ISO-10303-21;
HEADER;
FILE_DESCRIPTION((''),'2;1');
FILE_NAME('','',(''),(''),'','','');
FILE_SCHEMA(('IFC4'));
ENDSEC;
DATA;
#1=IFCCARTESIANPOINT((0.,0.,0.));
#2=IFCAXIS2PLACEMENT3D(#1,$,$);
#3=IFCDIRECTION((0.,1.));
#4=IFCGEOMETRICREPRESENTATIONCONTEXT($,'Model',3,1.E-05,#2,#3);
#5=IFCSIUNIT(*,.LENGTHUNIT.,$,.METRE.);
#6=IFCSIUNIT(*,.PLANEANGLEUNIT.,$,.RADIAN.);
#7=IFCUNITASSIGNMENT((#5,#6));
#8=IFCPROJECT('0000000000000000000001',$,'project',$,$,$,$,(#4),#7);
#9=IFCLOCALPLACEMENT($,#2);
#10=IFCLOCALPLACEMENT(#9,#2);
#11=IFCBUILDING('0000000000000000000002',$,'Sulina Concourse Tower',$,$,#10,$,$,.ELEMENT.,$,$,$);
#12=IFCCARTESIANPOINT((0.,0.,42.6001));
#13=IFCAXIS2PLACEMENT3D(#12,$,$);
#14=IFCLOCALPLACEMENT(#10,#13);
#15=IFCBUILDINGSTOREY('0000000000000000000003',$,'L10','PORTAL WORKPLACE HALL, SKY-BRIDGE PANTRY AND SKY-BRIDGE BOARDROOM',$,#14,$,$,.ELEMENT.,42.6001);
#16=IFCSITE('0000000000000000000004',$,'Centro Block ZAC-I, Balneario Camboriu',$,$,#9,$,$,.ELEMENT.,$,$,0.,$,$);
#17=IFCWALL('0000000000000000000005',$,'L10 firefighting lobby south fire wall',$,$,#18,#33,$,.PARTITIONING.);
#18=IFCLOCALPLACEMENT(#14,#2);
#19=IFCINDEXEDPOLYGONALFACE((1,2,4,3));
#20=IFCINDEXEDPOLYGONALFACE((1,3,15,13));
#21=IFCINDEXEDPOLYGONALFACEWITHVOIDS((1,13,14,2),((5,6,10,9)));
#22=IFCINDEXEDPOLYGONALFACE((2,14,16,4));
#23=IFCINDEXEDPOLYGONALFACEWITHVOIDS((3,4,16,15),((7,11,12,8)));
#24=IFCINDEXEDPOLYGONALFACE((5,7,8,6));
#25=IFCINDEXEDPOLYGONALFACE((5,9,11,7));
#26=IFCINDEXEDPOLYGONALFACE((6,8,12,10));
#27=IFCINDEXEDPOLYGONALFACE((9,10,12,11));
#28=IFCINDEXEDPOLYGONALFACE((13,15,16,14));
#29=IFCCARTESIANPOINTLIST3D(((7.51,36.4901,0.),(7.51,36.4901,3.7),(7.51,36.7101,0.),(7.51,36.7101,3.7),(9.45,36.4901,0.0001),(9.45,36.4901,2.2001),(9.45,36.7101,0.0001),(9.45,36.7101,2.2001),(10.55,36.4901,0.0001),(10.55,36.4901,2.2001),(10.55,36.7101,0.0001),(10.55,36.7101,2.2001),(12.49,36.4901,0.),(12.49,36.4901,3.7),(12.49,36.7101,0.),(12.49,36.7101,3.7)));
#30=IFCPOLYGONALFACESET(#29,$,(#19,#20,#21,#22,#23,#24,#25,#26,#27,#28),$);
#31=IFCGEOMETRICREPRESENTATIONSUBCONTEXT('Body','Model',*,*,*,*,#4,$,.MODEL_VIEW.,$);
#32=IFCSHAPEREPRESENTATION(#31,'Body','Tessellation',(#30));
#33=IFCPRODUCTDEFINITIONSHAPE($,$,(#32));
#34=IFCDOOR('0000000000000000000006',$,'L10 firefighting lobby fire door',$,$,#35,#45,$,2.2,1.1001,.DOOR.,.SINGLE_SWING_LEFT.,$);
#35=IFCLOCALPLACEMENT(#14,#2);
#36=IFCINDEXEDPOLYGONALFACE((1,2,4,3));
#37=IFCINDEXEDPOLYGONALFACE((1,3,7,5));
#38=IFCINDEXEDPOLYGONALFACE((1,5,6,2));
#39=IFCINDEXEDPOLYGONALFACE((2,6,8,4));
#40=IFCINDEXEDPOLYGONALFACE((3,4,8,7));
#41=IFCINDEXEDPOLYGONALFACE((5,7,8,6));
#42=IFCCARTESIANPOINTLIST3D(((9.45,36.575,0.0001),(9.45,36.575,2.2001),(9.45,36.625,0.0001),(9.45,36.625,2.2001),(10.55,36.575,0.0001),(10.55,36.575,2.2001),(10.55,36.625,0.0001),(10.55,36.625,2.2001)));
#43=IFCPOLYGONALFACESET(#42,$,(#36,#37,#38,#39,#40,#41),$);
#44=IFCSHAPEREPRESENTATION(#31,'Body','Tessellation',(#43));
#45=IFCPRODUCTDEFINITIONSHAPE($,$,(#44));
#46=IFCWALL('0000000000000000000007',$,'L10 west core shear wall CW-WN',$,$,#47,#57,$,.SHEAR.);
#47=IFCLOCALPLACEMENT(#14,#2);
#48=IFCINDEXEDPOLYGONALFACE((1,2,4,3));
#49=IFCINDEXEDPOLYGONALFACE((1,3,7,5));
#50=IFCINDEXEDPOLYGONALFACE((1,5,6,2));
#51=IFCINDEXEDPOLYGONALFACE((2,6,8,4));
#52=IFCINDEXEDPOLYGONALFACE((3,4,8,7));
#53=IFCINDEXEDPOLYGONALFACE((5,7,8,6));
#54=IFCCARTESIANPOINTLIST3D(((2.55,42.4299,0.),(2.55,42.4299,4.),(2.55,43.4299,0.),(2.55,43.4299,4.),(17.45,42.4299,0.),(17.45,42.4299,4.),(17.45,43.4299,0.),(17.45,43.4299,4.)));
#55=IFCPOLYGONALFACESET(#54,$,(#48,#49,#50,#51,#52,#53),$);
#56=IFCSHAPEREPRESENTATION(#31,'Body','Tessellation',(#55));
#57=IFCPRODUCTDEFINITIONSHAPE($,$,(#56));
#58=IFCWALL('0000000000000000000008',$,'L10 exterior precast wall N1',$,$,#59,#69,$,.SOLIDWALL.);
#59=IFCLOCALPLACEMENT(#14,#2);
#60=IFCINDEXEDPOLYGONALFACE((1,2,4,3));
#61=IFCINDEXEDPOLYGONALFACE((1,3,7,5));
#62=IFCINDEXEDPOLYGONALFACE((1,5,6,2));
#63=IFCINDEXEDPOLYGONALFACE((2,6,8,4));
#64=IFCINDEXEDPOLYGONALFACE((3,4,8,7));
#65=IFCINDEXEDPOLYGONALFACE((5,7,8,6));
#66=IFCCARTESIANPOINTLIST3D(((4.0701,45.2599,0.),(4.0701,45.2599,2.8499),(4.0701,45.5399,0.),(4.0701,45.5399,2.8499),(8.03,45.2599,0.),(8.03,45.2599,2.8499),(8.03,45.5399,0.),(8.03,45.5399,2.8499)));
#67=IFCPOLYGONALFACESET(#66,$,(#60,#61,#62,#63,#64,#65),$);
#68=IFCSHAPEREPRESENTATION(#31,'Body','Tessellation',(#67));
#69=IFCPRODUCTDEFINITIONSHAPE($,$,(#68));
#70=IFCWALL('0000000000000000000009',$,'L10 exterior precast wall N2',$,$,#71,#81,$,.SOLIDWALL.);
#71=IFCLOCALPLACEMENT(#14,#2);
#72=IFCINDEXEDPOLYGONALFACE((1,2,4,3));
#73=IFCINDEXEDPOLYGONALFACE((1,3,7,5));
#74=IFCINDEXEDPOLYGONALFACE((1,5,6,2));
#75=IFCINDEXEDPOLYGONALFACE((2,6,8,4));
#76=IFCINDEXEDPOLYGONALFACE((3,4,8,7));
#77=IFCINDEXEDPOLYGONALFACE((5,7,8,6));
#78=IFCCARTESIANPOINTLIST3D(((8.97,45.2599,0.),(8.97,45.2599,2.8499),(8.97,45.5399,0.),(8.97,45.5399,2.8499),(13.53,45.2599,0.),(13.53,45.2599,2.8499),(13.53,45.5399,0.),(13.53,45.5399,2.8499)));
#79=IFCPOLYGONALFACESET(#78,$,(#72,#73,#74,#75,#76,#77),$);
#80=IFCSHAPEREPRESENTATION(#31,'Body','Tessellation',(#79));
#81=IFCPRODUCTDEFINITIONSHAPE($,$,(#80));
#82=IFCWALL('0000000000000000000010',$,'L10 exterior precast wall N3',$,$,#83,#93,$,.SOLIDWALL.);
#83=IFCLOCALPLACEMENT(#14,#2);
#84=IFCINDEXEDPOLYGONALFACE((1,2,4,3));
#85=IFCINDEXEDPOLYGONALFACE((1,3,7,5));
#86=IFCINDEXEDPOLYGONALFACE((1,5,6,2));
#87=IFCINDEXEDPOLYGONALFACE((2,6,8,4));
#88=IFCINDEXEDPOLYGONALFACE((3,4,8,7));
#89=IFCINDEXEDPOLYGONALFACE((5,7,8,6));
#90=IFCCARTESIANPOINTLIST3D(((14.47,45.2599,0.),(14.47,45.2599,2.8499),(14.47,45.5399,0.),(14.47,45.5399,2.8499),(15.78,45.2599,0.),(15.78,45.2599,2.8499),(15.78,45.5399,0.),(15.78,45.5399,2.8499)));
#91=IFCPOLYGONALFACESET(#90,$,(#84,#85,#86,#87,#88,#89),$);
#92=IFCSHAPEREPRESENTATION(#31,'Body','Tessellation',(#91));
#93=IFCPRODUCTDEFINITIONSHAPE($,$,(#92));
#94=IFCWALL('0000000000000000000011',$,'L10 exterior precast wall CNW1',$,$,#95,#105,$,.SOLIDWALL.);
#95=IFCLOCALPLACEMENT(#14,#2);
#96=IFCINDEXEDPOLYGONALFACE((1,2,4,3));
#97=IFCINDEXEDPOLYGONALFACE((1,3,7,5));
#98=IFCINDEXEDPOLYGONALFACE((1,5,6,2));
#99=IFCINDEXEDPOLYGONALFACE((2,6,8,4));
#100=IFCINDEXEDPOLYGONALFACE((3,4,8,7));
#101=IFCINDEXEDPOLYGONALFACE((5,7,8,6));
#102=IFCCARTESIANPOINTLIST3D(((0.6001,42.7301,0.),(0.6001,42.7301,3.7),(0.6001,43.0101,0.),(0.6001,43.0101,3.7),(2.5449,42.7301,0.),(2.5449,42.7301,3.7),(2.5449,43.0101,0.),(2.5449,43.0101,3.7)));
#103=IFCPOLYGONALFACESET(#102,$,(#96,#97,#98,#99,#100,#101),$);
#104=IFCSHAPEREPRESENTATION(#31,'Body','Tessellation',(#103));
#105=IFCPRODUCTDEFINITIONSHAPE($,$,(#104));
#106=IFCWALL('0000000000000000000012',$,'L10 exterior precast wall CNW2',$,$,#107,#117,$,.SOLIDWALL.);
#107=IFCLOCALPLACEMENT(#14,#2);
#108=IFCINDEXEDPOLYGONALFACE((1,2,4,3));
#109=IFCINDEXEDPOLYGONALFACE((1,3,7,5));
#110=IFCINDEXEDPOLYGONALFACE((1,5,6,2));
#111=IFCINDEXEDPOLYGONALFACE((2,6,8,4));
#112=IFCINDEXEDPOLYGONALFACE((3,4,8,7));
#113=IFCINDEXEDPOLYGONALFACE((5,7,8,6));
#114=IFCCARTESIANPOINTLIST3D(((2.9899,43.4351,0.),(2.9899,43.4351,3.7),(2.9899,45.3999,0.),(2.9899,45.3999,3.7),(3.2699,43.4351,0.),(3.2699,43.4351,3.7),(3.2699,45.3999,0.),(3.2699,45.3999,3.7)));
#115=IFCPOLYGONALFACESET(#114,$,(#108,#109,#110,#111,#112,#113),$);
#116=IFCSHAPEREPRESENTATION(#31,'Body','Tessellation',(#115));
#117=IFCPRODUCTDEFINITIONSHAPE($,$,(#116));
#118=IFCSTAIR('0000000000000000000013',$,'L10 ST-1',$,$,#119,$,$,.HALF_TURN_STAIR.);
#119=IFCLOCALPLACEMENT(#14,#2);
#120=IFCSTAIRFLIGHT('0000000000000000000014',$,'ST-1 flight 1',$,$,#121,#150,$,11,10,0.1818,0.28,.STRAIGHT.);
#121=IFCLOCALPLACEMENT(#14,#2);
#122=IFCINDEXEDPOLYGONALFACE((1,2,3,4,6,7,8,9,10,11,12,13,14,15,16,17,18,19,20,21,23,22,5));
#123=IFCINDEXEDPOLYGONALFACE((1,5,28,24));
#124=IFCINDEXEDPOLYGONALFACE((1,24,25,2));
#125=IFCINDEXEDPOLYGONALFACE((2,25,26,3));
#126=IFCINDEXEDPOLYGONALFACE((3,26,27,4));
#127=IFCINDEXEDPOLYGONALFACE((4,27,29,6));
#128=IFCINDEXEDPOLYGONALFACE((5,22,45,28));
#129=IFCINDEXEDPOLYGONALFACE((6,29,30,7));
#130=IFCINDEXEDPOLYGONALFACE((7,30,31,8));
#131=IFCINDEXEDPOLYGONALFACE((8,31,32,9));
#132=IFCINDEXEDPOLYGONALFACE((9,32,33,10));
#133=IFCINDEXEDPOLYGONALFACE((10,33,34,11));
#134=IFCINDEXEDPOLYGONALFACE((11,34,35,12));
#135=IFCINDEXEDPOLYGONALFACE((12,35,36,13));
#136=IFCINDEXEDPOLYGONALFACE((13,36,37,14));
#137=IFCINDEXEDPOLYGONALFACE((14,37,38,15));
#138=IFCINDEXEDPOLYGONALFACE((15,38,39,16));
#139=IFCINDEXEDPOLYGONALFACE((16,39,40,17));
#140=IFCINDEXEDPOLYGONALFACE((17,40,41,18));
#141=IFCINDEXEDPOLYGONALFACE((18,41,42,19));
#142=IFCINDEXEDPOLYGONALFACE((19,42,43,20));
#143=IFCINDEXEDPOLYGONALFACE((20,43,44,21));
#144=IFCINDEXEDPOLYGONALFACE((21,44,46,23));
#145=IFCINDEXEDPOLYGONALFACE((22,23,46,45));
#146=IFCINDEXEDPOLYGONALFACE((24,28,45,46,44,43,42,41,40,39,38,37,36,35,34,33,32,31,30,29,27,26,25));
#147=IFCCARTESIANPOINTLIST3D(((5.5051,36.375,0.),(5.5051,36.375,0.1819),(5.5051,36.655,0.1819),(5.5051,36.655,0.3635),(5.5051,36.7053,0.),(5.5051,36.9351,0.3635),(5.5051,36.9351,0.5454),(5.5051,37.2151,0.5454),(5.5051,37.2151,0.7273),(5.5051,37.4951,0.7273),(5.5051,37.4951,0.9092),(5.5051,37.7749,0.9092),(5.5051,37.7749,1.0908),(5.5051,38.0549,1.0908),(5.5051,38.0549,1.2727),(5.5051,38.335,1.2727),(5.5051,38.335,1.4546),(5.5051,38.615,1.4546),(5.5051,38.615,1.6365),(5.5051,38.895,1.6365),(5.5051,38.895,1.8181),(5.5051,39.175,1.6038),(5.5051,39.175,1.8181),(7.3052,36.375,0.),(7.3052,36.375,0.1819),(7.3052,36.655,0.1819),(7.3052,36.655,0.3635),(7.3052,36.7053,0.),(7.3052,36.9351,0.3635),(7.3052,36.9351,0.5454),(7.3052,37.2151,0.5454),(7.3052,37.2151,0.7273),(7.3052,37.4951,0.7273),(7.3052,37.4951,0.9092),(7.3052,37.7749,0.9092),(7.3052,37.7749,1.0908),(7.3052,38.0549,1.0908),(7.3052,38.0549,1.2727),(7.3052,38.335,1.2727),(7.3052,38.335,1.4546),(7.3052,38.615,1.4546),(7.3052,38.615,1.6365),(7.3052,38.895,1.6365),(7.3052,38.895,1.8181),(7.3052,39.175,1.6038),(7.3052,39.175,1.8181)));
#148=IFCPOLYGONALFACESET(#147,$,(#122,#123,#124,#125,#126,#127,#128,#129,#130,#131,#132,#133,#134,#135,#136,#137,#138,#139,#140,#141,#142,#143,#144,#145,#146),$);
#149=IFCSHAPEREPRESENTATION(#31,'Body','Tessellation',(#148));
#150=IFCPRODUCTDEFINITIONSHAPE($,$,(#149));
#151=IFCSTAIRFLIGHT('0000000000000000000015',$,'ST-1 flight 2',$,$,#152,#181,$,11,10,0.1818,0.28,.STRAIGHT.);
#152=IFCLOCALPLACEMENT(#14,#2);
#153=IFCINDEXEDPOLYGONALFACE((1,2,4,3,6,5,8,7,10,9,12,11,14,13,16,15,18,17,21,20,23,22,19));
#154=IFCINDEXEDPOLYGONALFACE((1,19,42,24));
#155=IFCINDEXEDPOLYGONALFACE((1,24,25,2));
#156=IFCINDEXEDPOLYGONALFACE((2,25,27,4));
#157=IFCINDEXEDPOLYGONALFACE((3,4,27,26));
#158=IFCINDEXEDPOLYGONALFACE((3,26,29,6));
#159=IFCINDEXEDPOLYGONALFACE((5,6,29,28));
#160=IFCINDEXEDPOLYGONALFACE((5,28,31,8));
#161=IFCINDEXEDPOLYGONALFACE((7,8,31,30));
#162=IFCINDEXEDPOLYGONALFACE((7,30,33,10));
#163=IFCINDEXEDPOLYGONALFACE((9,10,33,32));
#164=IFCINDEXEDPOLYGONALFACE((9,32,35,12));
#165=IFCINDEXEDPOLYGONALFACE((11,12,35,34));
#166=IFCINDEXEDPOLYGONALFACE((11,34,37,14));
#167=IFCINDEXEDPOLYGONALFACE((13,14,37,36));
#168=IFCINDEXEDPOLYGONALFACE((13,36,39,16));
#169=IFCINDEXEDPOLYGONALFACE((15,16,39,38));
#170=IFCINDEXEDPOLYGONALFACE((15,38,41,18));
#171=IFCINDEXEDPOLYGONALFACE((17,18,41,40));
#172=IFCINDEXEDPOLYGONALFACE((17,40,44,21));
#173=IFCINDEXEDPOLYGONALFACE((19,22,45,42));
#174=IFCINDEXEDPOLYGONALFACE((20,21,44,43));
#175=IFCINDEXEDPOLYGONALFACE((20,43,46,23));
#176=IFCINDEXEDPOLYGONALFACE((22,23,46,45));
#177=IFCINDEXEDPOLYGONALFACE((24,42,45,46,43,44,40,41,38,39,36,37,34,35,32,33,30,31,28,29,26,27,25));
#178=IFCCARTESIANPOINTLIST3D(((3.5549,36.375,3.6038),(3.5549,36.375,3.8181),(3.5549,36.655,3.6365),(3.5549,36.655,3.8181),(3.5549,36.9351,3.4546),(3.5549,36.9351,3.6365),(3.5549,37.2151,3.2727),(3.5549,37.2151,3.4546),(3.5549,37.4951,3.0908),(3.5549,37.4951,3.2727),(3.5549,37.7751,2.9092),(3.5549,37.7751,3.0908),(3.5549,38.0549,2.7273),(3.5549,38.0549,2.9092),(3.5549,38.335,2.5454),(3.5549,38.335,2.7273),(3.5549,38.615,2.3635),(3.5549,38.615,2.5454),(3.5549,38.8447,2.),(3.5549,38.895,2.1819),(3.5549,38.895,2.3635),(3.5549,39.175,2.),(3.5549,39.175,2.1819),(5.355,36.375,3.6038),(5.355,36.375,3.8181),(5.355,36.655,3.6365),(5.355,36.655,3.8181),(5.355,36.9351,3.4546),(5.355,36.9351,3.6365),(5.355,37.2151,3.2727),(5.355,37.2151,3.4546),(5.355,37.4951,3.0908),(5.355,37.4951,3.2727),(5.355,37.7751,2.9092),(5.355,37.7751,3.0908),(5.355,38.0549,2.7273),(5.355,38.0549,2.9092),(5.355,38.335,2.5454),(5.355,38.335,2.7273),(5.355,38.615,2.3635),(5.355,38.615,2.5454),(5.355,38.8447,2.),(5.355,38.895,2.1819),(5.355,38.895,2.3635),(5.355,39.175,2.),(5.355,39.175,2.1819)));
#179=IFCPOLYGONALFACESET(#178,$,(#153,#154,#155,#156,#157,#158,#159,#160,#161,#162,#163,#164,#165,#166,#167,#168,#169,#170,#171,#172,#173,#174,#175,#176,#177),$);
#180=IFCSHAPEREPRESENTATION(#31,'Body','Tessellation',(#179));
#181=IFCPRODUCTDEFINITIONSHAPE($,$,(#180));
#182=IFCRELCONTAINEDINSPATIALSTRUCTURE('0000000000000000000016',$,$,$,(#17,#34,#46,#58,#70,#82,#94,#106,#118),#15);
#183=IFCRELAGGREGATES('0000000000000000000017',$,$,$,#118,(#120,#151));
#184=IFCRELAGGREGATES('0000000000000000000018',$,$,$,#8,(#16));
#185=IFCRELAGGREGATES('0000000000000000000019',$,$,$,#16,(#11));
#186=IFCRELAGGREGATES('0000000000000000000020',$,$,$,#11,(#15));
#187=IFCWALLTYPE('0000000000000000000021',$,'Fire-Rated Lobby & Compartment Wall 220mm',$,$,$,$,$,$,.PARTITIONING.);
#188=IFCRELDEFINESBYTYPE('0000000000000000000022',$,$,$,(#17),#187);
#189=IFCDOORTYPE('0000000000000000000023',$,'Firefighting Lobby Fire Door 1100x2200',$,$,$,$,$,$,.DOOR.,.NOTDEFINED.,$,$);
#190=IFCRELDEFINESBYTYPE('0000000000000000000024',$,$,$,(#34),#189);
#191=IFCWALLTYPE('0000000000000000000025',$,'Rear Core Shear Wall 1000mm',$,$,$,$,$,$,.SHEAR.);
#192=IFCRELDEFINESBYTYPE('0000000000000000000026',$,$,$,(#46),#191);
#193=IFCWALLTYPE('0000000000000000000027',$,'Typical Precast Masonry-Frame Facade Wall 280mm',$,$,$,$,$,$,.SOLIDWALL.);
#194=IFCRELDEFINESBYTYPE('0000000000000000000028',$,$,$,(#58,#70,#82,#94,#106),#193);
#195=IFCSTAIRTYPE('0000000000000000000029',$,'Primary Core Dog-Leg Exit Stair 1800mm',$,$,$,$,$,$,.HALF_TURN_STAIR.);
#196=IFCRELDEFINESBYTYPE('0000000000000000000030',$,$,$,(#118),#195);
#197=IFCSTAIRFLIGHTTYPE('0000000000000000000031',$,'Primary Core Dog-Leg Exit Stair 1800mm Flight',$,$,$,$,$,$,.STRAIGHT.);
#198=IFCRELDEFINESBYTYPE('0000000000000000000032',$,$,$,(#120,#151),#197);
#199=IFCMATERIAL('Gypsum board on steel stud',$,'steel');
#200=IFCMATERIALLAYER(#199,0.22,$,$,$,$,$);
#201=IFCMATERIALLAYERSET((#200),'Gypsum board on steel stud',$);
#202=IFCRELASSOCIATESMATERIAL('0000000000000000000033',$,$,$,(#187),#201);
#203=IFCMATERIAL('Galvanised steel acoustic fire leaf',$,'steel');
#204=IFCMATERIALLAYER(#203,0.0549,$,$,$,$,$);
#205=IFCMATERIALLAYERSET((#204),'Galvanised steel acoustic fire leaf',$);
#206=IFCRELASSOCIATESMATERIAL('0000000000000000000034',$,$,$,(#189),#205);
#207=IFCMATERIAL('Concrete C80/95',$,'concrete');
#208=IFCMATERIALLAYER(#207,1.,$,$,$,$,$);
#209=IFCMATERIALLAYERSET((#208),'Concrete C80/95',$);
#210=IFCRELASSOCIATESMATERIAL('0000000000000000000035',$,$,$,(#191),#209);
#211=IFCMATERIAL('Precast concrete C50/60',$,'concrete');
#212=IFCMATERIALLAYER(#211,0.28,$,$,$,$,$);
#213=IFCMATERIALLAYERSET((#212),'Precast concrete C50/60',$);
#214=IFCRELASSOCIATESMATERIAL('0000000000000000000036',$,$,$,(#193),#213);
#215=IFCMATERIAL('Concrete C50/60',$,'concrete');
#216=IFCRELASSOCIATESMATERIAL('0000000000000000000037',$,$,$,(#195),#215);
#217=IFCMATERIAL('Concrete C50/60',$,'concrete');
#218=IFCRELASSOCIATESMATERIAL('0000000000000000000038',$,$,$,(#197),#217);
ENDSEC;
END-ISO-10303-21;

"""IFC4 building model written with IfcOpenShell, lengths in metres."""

from ifc_helpers import new_model, si_unit, direction, frame, frame_2d, origin, place, context, subcontext, project, spatial, polyline, rectangle, outline, extrude, material, layer, layer_set, type_object, element, fill, aggregate, save


model = new_model("IFC4")

# Units and contexts
model_context = context("Model", 3, precision=1e-05, world=origin(), true_north=direction((0.0, 1.0)))
body_context = subcontext(model_context, "Body", "Model", "MODEL_VIEW")
ifc_project = project(units=[si_unit("LENGTHUNIT", "METRE"), si_unit("PLANEANGLEUNIT", "RADIAN")], contexts=[model_context])

# Site, building, storey
site_placement = place(None, origin())
site = spatial("IfcSite", under=ifc_project, at=site_placement, Name="Centro Block ZAC-I, Balneario Camboriu", CompositionType="ELEMENT", RefElevation=0.0)
building_placement = place(site_placement, origin())
building = spatial("IfcBuilding", under=site, at=building_placement, Name="Sulina Concourse Tower", CompositionType="ELEMENT")
storey_placement = place(building_placement, frame((0.0, 0.0, 42.6001)))
storey = spatial("IfcBuildingStorey", under=building, at=storey_placement, Name="L10", Description="PORTAL WORKPLACE HALL, SKY-BRIDGE PANTRY AND SKY-BRIDGE BOARDROOM", CompositionType="ELEMENT", Elevation=42.6001)

# Wall, opening, door
ifc_material_1 = material(Name="Gypsum board on steel stud", Category="steel")
ifc_layer_1 = layer(ifc_material_1, 0.22)
ifc_layer_set_1 = layer_set([ifc_layer_1], Name="Gypsum board on steel stud")
wall_type_1 = type_object("IfcWallType", Name="Fire-Rated Lobby & Compartment Wall 220mm", PredefinedType="PARTITIONING", material=ifc_layer_set_1)
wall_1_placement = place(storey_placement, frame((7.51, 36.6001, 0.0), z_axis=(0.0, 0.0, 1.0), x_axis=(1.0, 0.0, 0.0)))
wall_1 = element("IfcWall", 1, at=wall_1_placement, inside=storey, type_object=wall_type_1, Name="L10 firefighting lobby south fire wall", PredefinedType="PARTITIONING", context=body_context, shape_type="SweptSolid", body=[
    extrude(rectangle(XDim=4.98, YDim=0.22, at=frame_2d((2.49, 0.0))), origin(), (0.0, 0.0, 1.0), 3.7),
])
opening_1_placement = place(wall_1_placement, frame((1.9399, 0.0, 0.0)))
opening_1 = element("IfcOpeningElement", 2, at=opening_1_placement, cuts=wall_1, PredefinedType="OPENING", context=body_context, shape_type="SweptSolid", body=[
    extrude(rectangle(XDim=1.1001, YDim=2.2, at=frame_2d((0.55, 1.1001))), frame((0.0, 0.1199, 0.0), z_axis=(0.0, -1.0, 0.0), x_axis=(1.0, 0.0, 0.0)), (0.0, 0.0, 1.0), 0.24),
])
ifc_material_2 = material(Name="Galvanised steel acoustic fire leaf", Category="steel")
ifc_layer_2 = layer(ifc_material_2, 0.0549)
ifc_layer_set_2 = layer_set([ifc_layer_2], Name="Galvanised steel acoustic fire leaf")
door_type_1 = type_object("IfcDoorType", Name="Firefighting Lobby Fire Door 1100x2200", OperationType="NOTDEFINED", PredefinedType="DOOR", material=ifc_layer_set_2)
door_1_placement = place(opening_1_placement, origin())
door_1 = element("IfcDoor", 3, at=door_1_placement, inside=storey, type_object=door_type_1, Name="L10 firefighting lobby fire door", OperationType="SINGLE_SWING_LEFT", OverallHeight=2.2, OverallWidth=1.1001, PredefinedType="DOOR", context=body_context, shape_type="SweptSolid", body=[
    extrude(rectangle(XDim=1.1001, YDim=2.2, at=frame_2d((0.55, 1.1001))), frame((0.0, 0.0249, 0.0), z_axis=(0.0, -1.0, 0.0), x_axis=(1.0, 0.0, 0.0)), (0.0, 0.0, 1.0), 0.05),
])
fill(opening_1, door_1)

# Walls
ifc_material_3 = material(Name="Concrete C80/95", Category="concrete")
ifc_layer_3 = layer(ifc_material_3, 1.0)
ifc_layer_set_3 = layer_set([ifc_layer_3], Name="Concrete C80/95")
wall_type_2 = type_object("IfcWallType", Name="Rear Core Shear Wall 1000mm", PredefinedType="SHEAR", material=ifc_layer_set_3)
wall_2_placement = place(storey_placement, frame((2.55, 42.9299, 0.0), z_axis=(0.0, 0.0, 1.0), x_axis=(1.0, 0.0, 0.0)))
element("IfcWall", 4, at=wall_2_placement, inside=storey, type_object=wall_type_2, Name="L10 west core shear wall CW-WN", PredefinedType="SHEAR", context=body_context, shape_type="SweptSolid", body=[
    extrude(rectangle(XDim=14.8999, YDim=1.0, at=frame_2d((7.45, 0.0))), origin(), (0.0, 0.0, 1.0), 4.0),
])
ifc_material_4 = material(Name="Precast concrete C50/60", Category="concrete")
ifc_layer_4 = layer(ifc_material_4, 0.28)
ifc_layer_set_4 = layer_set([ifc_layer_4], Name="Precast concrete C50/60")
wall_type_3 = type_object("IfcWallType", Name="Typical Precast Masonry-Frame Facade Wall 280mm", PredefinedType="SOLIDWALL", material=ifc_layer_set_4)
wall_3_placement = place(storey_placement, frame((4.0701, 45.3999, 0.0), z_axis=(0.0, 0.0, 1.0), x_axis=(1.0, 0.0, 0.0)))
element("IfcWall", 5, at=wall_3_placement, inside=storey, type_object=wall_type_3, Name="L10 exterior precast wall N1", PredefinedType="SOLIDWALL", context=body_context, shape_type="SweptSolid", body=[
    extrude(rectangle(XDim=3.96, YDim=0.28, at=frame_2d((1.98, 0.0))), origin(), (0.0, 0.0, 1.0), 2.8499),
])
wall_4_placement = place(storey_placement, frame((8.97, 45.3999, 0.0), z_axis=(0.0, 0.0, 1.0), x_axis=(1.0, 0.0, 0.0)))
element("IfcWall", 6, at=wall_4_placement, inside=storey, type_object=wall_type_3, Name="L10 exterior precast wall N2", PredefinedType="SOLIDWALL", context=body_context, shape_type="SweptSolid", body=[
    extrude(rectangle(XDim=4.5601, YDim=0.28, at=frame_2d((2.28, 0.0))), origin(), (0.0, 0.0, 1.0), 2.8499),
])
wall_5_placement = place(storey_placement, frame((14.47, 45.3999, 0.0), z_axis=(0.0, 0.0, 1.0), x_axis=(1.0, 0.0, 0.0)))
element("IfcWall", 7, at=wall_5_placement, inside=storey, type_object=wall_type_3, Name="L10 exterior precast wall N3", PredefinedType="SOLIDWALL", context=body_context, shape_type="SweptSolid", body=[
    extrude(rectangle(XDim=1.3101, YDim=0.28, at=frame_2d((0.655, 0.0))), origin(), (0.0, 0.0, 1.0), 2.8499),
])
wall_6_placement = place(storey_placement, frame((0.6001, 42.8701, 0.0), z_axis=(0.0, 0.0, 1.0), x_axis=(1.0, 0.0, 0.0)))
element("IfcWall", 8, at=wall_6_placement, inside=storey, type_object=wall_type_3, Name="L10 exterior precast wall CNW1", PredefinedType="SOLIDWALL", context=body_context, shape_type="SweptSolid", body=[
    extrude(rectangle(XDim=1.9448, YDim=0.28, at=frame_2d((0.9724, 0.0))), origin(), (0.0, 0.0, 1.0), 3.7),
])
wall_7_placement = place(storey_placement, frame((3.1299, 43.4351, 0.0), z_axis=(0.0, 0.0, 1.0), x_axis=(0.0, 1.0, 0.0)))
element("IfcWall", 9, at=wall_7_placement, inside=storey, type_object=wall_type_3, Name="L10 exterior precast wall CNW2", PredefinedType="SOLIDWALL", context=body_context, shape_type="SweptSolid", body=[
    extrude(rectangle(XDim=1.9648, YDim=0.28, at=frame_2d((0.9824, 0.0))), origin(), (0.0, 0.0, 1.0), 3.7),
])

# Stair, stair flights
ifc_material_5 = material(Name="Concrete C50/60", Category="concrete")
stair_type = type_object("IfcStairType", Name="Primary Core Dog-Leg Exit Stair 1800mm", PredefinedType="HALF_TURN_STAIR", material=ifc_material_5)
stair_1_placement = place(storey_placement, origin())
stair_1 = element("IfcStair", 10, at=stair_1_placement, inside=storey, type_object=stair_type, Name="L10 ST-1", PredefinedType="HALF_TURN_STAIR")
ifc_material_6 = material(Name="Concrete C50/60", Category="concrete")
stair_flight_type = type_object("IfcStairFlightType", Name="Primary Core Dog-Leg Exit Stair 1800mm Flight", PredefinedType="STRAIGHT", material=ifc_material_6)
stair_flight_1_placement = place(storey_placement, frame((6.405, 36.375, 0.0), z_axis=(0.0, 0.0, 1.0), x_axis=(0.0, 1.0, 0.0)))
stair_flight_1 = element("IfcStairFlight", 11, at=stair_flight_1_placement, type_object=stair_flight_type, Name="ST-1 flight 1", NumberOfRisers=11, NumberOfTreads=10, PredefinedType="STRAIGHT", RiserHeight=0.1818, TreadLength=0.28, context=body_context, shape_type="SweptSolid", body=[
    extrude(outline(polyline([(0.0, 0.0), (0.0, 0.1819), (0.28, 0.1819), (0.28, 0.3635), (0.5601, 0.3635), (0.5601, 0.5454), (0.8401, 0.5454), (0.8401, 0.7273), (1.1201, 0.7273), (1.1201, 0.9092), (1.3999, 0.9092), (1.3999, 1.0908), (1.6799, 1.0908), (1.6799, 1.2727), (1.96, 1.2727), (1.96, 1.4546), (2.24, 1.4546), (2.24, 1.6365), (2.52, 1.6365), (2.52, 1.8181), (2.8, 1.8181), (2.8, 2.0), (2.8, 1.6038), (0.3303, 0.0), (0.0, 0.0)])), frame((0.0, 0.8999, 0.0), z_axis=(0.0, -1.0, 0.0), x_axis=(1.0, 0.0, 0.0)), (0.0, 0.0, 1.0), 1.8),
])
stair_flight_2_placement = place(storey_placement, frame((4.4551, 39.175, 2.0), z_axis=(0.0, 0.0, 1.0), x_axis=(0.0, -1.0, 0.0)))
stair_flight_2 = element("IfcStairFlight", 12, at=stair_flight_2_placement, type_object=stair_flight_type, Name="ST-1 flight 2", NumberOfRisers=11, NumberOfTreads=10, PredefinedType="STRAIGHT", RiserHeight=0.1818, TreadLength=0.28, context=body_context, shape_type="SweptSolid", body=[
    extrude(outline(polyline([(0.0, 0.0), (0.0, 0.1819), (0.28, 0.1819), (0.28, 0.3635), (0.5601, 0.3635), (0.5601, 0.5454), (0.8401, 0.5454), (0.8401, 0.7273), (1.1201, 0.7273), (1.1201, 0.9092), (1.3999, 0.9092), (1.3999, 1.0908), (1.6799, 1.0908), (1.6799, 1.2727), (1.96, 1.2727), (1.96, 1.4546), (2.24, 1.4546), (2.24, 1.6365), (2.52, 1.6365), (2.52, 1.8181), (2.8, 1.8181), (2.8, 2.0), (2.8, 1.6038), (0.3303, 0.0), (0.0, 0.0)])), frame((0.0, 0.8999, 0.0), z_axis=(0.0, -1.0, 0.0), x_axis=(1.0, 0.0, 0.0)), (0.0, 0.0, 1.0), 1.8),
])
aggregate(stair_1, [stair_flight_1, stair_flight_2])

save(model, "model.ifc")
